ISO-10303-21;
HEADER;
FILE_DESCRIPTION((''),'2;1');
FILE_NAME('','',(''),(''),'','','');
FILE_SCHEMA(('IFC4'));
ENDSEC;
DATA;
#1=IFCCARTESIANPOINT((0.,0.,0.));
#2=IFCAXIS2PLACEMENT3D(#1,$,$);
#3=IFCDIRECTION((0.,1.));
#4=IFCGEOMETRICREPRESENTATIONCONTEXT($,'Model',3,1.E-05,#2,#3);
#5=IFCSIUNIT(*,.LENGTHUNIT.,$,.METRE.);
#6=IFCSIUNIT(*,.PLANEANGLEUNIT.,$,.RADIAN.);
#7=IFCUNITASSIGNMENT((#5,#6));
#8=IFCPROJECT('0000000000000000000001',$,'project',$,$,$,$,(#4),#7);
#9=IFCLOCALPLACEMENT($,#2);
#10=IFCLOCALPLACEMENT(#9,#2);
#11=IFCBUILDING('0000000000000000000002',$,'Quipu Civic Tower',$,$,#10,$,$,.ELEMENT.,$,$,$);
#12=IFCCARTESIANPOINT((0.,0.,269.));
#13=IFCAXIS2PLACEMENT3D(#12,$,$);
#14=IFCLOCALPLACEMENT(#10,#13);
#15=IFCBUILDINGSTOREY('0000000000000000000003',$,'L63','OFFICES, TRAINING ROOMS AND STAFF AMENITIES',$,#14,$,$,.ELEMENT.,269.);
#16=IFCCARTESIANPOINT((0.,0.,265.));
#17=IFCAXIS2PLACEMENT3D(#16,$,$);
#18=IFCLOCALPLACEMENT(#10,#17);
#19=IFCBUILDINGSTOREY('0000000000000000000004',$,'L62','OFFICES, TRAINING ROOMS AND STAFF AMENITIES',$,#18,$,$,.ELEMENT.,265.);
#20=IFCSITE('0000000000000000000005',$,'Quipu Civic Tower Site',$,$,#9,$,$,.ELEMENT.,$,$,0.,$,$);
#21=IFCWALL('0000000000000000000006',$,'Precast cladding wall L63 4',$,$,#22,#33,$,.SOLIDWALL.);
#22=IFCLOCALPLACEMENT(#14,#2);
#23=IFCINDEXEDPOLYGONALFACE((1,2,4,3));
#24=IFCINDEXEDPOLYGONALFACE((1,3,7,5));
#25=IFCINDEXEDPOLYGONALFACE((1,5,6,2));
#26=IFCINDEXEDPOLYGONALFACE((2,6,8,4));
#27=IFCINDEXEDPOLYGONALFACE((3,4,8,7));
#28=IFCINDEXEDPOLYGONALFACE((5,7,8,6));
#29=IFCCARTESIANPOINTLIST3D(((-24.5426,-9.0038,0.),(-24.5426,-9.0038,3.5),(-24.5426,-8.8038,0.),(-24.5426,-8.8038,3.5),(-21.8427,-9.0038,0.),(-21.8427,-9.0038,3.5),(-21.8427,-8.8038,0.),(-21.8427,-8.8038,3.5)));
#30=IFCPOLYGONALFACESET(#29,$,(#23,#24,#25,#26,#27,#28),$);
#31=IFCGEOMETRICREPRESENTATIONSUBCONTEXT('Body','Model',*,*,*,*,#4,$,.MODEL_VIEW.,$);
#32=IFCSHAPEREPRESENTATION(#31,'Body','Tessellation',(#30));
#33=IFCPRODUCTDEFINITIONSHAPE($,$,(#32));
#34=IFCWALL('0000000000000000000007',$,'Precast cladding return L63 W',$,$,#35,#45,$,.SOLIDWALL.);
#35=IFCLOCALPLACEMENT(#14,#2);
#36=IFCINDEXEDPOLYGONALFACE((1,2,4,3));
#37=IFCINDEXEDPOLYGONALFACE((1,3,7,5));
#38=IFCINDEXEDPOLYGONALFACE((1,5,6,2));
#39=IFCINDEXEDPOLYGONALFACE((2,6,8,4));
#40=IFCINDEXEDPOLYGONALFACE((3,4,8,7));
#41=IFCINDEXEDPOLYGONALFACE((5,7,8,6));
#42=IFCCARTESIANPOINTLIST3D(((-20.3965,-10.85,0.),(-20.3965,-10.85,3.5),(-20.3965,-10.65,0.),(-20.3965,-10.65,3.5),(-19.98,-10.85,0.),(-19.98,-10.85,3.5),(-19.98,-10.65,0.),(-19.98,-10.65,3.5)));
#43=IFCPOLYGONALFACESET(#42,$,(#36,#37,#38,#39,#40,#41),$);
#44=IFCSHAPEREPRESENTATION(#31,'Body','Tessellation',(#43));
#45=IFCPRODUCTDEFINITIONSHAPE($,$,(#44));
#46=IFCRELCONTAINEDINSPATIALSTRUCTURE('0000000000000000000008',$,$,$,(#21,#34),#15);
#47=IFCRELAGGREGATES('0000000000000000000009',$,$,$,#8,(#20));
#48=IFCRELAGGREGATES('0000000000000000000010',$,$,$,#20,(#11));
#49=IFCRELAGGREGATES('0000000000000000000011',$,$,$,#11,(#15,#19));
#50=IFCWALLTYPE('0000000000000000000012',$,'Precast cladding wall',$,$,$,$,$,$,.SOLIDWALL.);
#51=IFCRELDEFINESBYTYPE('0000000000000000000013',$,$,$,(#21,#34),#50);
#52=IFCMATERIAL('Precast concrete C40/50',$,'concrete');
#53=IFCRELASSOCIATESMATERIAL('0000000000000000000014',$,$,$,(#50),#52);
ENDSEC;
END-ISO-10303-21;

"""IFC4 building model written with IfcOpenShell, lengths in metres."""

from ifc_helpers import new_model, si_unit, direction, frame, frame_2d, origin, place, context, subcontext, project, spatial, rectangle, extrude, material, type_object, element, save


model = new_model("IFC4")

# Units and contexts
model_context = context("Model", 3, precision=1e-05, world=origin(), true_north=direction((0.0, 1.0)))
body_context = subcontext(model_context, "Body", "Model", "MODEL_VIEW")
ifc_project = project(units=[si_unit("LENGTHUNIT", "METRE"), si_unit("PLANEANGLEUNIT", "RADIAN")], contexts=[model_context])

# Site, building, storey
site_placement = place(None, origin())
site = spatial("IfcSite", under=ifc_project, at=site_placement, Name="Quipu Civic Tower Site", CompositionType="ELEMENT", RefElevation=0.0)
building_placement = place(site_placement, origin())
building = spatial("IfcBuilding", under=site, at=building_placement, Name="Quipu Civic Tower", CompositionType="ELEMENT")
storey_1_placement = place(building_placement, frame((0.0, 0.0, 269.0)))
storey_1 = spatial("IfcBuildingStorey", under=building, at=storey_1_placement, Name="L63", Description="OFFICES, TRAINING ROOMS AND STAFF AMENITIES", CompositionType="ELEMENT", Elevation=269.0)

# Shared definitions
storey_2_placement = place(building_placement, frame((0.0, 0.0, 265.0)))
storey_2 = spatial("IfcBuildingStorey", under=building, at=storey_2_placement, Name="L62", Description="OFFICES, TRAINING ROOMS AND STAFF AMENITIES", CompositionType="ELEMENT", Elevation=265.0)

# Walls
ifc_material_1 = material(Name="Precast concrete C40/50", Category="concrete")
wall_type_1 = type_object("IfcWallType", Name="Precast cladding wall", PredefinedType="SOLIDWALL", material=ifc_material_1)
wall_1_placement = place(storey_1_placement, frame((-24.5427, -8.9038, 0.0), z_axis=(0.0, 0.0, 1.0), x_axis=(1.0, 0.0, 0.0)))
element("IfcWall", 1, at=wall_1_placement, inside=storey_1, type_object=wall_type_1, Name="Precast cladding wall L63 4", PredefinedType="SOLIDWALL", context=body_context, shape_type="SweptSolid", body=[
    extrude(rectangle(XDim=2.7, YDim=0.2, at=frame_2d((1.3501, 0.0))), origin(), (0.0, 0.0, 1.0), 3.5),
])
wall_2_placement = place(storey_1_placement, frame((-19.98, -10.75, 0.0), z_axis=(0.0, 0.0, 1.0), x_axis=(-1.0, 0.0, 0.0)))
element("IfcWall", 2, at=wall_2_placement, inside=storey_1, type_object=wall_type_1, Name="Precast cladding return L63 W", PredefinedType="SOLIDWALL", context=body_context, shape_type="SweptSolid", body=[
    extrude(rectangle(XDim=0.4165, YDim=0.2, at=frame_2d((0.2083, 0.0))), origin(), (0.0, 0.0, 1.0), 3.5),
])

save(model, "model.ifc")
